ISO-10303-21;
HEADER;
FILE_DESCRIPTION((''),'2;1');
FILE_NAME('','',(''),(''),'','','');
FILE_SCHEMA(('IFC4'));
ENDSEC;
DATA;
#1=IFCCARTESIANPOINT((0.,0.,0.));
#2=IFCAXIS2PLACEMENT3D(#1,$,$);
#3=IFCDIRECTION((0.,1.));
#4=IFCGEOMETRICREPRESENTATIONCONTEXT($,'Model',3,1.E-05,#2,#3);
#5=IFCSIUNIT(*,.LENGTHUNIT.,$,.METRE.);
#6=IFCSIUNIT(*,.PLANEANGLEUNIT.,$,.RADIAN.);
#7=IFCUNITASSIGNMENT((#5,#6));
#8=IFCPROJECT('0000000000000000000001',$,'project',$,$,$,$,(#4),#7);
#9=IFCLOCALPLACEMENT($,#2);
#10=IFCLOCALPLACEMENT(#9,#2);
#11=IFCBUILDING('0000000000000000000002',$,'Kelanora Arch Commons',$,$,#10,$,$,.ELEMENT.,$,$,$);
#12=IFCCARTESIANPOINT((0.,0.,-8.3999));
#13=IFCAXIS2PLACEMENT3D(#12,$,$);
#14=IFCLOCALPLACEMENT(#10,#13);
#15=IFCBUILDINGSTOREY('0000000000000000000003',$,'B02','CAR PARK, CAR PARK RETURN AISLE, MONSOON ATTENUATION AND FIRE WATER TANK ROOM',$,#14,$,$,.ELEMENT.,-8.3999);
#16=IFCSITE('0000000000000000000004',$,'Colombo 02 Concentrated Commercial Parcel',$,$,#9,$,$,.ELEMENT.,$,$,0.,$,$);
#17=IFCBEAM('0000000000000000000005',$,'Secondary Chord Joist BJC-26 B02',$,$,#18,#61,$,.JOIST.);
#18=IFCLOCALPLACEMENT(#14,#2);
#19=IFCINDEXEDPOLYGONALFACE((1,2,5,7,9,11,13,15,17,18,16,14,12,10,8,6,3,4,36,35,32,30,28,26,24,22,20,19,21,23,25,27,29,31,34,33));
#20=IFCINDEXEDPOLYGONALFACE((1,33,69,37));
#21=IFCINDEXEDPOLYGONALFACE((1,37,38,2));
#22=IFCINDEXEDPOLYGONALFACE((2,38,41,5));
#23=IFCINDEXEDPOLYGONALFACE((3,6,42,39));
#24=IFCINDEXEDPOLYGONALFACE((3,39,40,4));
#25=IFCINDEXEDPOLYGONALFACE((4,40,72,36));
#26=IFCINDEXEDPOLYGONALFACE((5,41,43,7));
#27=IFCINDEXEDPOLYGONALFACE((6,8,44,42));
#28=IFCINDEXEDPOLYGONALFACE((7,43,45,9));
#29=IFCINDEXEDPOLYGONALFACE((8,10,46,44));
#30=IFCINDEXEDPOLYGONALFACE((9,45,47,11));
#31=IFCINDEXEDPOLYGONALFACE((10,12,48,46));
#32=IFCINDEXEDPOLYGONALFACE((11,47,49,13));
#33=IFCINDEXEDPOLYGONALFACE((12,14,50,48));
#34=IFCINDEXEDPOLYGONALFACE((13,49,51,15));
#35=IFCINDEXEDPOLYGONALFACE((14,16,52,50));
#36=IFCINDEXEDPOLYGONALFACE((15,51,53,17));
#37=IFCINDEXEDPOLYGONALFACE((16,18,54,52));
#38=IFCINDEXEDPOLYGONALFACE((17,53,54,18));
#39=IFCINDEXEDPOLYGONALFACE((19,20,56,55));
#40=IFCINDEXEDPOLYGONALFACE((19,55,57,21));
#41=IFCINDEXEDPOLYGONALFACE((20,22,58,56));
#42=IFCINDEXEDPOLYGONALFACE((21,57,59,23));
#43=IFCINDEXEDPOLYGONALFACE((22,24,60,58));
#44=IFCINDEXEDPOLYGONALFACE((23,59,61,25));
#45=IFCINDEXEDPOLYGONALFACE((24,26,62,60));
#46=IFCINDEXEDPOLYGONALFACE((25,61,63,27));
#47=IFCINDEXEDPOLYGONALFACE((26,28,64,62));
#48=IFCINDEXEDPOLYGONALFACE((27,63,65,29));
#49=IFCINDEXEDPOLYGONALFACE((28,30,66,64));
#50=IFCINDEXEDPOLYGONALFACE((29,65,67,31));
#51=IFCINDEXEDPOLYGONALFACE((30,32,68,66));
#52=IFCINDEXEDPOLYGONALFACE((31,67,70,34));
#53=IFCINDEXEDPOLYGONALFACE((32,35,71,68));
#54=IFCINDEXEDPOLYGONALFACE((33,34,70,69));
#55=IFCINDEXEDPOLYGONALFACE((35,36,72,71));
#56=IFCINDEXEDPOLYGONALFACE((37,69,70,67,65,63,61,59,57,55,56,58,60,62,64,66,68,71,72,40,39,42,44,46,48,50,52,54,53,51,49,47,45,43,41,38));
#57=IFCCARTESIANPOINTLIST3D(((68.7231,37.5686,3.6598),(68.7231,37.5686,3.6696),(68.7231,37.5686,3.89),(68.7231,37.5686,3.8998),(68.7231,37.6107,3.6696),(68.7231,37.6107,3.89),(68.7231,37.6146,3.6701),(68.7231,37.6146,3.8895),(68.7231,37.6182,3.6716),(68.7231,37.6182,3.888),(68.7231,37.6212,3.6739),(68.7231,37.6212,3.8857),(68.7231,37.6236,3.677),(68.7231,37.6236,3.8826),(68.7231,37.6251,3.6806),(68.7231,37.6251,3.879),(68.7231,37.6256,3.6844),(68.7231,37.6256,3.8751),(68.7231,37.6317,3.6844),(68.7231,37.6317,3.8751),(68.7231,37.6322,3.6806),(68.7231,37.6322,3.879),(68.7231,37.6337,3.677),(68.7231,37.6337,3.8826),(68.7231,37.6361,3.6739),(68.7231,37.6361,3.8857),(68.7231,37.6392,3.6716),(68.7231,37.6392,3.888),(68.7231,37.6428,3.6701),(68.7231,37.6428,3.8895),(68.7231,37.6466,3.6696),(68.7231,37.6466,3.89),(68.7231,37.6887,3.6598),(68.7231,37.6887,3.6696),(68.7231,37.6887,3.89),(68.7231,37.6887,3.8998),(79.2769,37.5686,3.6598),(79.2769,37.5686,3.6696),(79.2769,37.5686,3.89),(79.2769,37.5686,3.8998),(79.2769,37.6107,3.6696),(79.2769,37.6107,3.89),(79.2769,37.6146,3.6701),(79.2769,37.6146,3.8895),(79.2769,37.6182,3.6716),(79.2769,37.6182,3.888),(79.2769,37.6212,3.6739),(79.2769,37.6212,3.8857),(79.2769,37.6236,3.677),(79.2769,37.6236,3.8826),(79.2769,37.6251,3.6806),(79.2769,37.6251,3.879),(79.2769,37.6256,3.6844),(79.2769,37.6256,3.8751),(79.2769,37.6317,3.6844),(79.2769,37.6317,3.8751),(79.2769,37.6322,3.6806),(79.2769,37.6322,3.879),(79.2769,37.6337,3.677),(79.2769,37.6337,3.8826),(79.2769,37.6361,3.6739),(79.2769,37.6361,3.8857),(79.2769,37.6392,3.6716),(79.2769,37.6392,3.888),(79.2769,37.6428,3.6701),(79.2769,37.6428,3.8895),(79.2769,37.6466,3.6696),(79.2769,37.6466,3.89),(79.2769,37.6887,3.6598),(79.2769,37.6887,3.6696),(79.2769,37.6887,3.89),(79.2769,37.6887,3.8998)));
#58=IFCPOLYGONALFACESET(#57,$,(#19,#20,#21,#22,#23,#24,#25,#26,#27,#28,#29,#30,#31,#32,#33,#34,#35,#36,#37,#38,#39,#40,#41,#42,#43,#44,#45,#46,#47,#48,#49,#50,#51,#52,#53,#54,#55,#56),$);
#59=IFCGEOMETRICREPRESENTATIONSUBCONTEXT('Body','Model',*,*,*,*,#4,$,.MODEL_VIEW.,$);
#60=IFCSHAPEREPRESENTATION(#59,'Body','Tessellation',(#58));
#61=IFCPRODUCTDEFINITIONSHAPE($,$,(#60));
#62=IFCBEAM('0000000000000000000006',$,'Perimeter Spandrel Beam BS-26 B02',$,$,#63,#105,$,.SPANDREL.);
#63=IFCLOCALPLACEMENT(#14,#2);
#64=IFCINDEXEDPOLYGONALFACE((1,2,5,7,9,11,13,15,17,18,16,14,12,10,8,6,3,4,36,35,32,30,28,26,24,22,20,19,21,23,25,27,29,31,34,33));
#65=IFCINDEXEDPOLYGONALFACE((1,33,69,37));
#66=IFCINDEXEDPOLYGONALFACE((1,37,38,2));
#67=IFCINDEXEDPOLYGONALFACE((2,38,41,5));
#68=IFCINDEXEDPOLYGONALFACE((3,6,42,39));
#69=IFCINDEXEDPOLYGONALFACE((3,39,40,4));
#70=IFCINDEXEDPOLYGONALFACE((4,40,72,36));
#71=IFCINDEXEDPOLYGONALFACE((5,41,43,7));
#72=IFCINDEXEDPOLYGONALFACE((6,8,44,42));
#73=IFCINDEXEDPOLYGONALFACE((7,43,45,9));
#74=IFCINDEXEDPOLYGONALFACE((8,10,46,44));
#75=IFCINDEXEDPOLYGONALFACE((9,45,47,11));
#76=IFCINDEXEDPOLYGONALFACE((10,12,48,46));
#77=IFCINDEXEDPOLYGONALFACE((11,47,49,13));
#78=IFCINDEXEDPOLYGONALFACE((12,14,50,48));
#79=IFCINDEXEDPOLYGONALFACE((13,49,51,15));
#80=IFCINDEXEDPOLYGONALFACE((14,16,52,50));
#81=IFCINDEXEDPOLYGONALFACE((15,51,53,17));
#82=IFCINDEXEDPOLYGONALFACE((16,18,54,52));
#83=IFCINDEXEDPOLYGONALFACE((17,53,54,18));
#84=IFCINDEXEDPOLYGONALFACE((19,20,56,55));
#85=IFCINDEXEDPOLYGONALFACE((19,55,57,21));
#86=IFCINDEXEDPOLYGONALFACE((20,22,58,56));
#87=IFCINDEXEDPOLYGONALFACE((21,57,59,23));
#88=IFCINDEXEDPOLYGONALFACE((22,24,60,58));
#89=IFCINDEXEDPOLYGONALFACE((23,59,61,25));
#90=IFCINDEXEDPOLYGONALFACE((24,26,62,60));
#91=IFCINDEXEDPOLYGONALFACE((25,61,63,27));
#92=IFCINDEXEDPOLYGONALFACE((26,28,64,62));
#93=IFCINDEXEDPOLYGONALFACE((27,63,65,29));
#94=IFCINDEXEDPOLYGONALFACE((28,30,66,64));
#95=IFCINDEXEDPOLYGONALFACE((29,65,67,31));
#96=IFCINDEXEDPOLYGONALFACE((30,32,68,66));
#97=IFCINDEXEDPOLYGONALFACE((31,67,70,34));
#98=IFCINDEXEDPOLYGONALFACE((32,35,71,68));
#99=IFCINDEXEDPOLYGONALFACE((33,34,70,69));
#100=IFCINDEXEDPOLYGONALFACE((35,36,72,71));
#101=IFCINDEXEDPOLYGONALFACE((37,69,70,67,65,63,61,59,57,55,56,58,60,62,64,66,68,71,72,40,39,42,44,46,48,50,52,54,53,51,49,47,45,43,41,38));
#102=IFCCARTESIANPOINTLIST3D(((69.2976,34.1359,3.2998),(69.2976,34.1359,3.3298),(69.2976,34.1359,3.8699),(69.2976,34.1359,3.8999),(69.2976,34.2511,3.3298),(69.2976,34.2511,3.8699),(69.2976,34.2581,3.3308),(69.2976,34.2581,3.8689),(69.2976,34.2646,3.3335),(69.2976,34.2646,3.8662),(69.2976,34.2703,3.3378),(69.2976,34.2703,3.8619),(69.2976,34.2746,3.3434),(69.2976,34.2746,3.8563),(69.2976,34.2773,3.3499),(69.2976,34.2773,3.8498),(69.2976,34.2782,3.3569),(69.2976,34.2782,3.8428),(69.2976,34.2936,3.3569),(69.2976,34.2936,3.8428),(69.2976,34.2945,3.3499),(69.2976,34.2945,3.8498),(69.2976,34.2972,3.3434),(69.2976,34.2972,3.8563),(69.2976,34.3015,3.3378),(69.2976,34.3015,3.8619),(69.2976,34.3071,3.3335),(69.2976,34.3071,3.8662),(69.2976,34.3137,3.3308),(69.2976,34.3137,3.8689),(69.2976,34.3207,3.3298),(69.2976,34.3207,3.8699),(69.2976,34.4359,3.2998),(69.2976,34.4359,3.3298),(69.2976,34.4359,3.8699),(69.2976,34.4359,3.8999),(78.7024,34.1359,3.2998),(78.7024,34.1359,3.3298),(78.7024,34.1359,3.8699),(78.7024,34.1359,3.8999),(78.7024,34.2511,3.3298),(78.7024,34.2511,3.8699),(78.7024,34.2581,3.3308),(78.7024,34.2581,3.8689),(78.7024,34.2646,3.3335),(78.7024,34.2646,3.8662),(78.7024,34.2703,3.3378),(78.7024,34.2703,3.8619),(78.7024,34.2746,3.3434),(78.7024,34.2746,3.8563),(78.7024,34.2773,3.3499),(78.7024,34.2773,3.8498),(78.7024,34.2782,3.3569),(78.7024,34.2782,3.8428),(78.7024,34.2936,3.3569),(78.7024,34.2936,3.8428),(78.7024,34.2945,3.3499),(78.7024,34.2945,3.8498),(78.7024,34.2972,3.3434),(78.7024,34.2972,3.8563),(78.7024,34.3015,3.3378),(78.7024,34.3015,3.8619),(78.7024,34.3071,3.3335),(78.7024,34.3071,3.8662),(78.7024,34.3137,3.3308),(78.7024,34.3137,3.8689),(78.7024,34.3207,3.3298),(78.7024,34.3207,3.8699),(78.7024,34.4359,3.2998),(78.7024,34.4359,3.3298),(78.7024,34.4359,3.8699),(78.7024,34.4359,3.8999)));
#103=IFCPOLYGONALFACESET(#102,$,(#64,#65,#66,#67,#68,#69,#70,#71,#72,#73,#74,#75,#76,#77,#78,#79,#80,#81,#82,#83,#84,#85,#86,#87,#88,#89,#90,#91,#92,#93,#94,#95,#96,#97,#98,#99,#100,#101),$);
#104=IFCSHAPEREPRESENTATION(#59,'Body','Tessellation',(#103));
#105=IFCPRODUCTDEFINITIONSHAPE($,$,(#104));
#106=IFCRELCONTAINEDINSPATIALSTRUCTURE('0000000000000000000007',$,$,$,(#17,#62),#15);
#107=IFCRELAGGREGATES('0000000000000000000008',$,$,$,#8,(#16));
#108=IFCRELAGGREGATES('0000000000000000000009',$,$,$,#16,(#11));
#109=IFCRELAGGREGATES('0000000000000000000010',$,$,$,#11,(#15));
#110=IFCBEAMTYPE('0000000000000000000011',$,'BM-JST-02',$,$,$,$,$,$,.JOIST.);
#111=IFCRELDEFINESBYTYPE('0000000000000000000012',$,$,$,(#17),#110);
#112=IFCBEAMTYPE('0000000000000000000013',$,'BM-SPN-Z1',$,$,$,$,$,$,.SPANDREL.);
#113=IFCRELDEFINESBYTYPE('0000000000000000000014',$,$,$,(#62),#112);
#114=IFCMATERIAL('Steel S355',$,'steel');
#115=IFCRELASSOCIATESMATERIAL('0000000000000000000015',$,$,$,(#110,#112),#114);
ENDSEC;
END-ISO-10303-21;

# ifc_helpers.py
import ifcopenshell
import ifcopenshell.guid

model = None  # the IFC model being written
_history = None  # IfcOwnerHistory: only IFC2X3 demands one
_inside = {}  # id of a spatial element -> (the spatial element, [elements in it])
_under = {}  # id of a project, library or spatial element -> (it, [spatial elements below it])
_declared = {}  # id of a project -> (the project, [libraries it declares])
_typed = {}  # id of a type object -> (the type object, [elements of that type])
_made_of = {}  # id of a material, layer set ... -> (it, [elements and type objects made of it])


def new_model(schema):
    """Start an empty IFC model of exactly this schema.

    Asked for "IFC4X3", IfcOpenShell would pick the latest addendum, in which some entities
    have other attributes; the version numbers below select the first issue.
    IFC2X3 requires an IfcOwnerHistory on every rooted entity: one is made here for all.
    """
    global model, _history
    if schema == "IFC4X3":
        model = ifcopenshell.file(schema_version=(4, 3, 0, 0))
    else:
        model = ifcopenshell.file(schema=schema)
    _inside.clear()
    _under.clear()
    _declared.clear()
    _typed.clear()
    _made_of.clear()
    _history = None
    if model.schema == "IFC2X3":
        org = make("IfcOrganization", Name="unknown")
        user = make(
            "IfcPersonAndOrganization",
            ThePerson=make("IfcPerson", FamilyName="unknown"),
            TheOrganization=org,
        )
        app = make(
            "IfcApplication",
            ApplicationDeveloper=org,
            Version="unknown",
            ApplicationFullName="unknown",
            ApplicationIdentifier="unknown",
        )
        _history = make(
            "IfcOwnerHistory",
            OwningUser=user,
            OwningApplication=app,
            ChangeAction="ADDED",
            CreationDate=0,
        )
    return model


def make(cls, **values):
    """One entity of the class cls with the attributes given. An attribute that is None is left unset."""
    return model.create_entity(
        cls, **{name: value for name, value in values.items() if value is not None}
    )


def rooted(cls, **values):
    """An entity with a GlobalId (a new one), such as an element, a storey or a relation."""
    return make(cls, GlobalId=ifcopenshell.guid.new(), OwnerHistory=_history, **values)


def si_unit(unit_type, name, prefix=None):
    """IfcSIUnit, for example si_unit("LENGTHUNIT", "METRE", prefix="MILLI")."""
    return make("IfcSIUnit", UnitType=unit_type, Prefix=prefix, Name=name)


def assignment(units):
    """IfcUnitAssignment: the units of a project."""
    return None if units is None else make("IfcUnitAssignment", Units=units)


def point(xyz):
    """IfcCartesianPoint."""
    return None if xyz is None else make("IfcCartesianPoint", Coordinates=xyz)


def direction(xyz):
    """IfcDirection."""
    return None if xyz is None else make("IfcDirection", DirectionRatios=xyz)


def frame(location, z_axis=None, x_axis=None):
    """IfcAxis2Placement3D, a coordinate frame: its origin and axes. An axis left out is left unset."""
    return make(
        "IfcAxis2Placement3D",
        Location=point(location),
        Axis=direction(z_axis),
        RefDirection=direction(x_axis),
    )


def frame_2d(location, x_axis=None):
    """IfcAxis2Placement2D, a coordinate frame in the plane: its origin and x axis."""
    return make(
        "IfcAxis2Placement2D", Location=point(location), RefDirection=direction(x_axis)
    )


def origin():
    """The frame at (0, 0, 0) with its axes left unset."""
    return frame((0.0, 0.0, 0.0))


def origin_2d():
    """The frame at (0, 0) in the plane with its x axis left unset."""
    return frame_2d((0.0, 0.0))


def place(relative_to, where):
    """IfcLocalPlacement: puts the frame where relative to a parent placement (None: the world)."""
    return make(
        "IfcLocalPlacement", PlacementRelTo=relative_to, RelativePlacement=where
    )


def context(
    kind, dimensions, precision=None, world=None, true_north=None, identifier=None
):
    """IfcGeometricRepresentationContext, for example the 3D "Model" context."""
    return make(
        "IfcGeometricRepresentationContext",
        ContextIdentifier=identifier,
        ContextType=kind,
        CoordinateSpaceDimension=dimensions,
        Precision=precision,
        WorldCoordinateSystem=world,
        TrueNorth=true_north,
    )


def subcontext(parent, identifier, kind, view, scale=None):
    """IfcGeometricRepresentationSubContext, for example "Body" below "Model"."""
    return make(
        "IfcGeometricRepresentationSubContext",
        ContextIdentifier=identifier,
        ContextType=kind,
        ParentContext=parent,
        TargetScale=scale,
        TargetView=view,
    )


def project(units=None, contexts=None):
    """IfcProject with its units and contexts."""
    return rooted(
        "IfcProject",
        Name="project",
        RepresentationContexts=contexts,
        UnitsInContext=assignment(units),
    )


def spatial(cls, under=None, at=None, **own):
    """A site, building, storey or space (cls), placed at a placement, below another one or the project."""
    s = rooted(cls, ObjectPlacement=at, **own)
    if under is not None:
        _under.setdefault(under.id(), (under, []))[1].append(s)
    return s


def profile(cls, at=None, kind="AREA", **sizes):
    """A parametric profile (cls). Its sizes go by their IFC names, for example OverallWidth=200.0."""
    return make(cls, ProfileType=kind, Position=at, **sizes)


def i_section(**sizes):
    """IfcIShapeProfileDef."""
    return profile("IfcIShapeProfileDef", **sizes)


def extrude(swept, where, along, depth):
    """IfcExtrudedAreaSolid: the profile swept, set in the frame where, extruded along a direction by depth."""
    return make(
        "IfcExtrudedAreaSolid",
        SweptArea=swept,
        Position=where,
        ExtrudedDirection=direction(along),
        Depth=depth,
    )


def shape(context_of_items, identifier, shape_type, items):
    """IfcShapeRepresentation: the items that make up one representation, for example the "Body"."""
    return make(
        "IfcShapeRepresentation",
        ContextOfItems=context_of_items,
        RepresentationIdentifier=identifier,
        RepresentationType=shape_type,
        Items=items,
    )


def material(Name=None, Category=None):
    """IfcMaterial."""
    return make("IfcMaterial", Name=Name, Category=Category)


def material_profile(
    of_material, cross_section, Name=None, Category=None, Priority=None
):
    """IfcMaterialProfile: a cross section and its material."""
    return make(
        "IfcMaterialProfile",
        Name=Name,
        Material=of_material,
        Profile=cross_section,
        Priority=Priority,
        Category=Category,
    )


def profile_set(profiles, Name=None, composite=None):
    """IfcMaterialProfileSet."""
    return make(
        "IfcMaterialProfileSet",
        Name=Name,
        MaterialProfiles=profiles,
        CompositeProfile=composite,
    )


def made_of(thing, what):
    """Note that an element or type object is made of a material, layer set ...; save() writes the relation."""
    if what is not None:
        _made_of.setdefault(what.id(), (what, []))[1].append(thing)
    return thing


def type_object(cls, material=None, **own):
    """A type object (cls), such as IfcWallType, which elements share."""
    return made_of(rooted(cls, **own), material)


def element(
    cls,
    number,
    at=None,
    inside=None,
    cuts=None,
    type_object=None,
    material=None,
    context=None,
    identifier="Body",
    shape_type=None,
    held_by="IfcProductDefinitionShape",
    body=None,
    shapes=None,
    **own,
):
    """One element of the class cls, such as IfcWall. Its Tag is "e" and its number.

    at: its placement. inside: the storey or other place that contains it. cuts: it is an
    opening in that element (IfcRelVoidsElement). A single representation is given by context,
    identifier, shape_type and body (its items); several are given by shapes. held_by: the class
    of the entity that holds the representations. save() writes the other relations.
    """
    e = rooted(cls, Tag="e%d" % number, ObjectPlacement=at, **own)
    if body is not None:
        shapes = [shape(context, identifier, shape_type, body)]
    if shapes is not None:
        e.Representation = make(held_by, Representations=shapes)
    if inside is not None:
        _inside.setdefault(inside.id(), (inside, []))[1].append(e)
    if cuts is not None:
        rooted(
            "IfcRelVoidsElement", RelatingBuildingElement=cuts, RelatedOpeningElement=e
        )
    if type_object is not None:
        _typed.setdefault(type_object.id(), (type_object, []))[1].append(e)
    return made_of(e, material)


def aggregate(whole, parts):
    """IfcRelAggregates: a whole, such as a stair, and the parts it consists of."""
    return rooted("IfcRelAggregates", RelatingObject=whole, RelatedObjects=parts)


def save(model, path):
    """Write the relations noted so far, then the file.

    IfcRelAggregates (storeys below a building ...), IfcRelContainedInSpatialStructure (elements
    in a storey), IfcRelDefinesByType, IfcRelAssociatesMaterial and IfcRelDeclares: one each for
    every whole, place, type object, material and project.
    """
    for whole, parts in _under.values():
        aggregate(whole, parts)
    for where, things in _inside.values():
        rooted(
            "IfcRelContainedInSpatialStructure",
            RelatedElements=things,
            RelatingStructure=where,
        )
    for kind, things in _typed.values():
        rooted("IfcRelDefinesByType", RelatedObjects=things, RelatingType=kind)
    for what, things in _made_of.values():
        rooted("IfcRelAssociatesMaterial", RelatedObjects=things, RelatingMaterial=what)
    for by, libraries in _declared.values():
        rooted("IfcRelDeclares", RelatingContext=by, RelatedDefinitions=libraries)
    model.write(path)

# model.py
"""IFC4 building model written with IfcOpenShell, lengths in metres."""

from ifc_helpers import new_model, si_unit, direction, frame, origin, origin_2d, place, context, subcontext, project, spatial, i_section, extrude, material, material_profile, profile_set, type_object, element, save


model = new_model("IFC4")

# Units and contexts
model_context = context("Model", 3, precision=1e-05, world=origin(), true_north=direction((0.0, 1.0)))
body_context = subcontext(model_context, "Body", "Model", "MODEL_VIEW")
ifc_project = project(units=[si_unit("LENGTHUNIT", "METRE"), si_unit("PLANEANGLEUNIT", "RADIAN")], contexts=[model_context])

# Site, building, storey
site_placement = place(None, origin())
site = spatial("IfcSite", under=ifc_project, at=site_placement, Name="Colombo 02 Concentrated Commercial Parcel", CompositionType="ELEMENT", RefElevation=0.0)
building_placement = place(site_placement, origin())
building = spatial("IfcBuilding", under=site, at=building_placement, Name="Kelanora Arch Commons", CompositionType="ELEMENT")
storey_placement = place(building_placement, frame((0.0, 0.0, -8.3999)))
storey = spatial("IfcBuildingStorey", under=building, at=storey_placement, Name="B02", Description="CAR PARK, CAR PARK RETURN AISLE, MONSOON ATTENUATION AND FIRE WATER TANK ROOM", CompositionType="ELEMENT", Elevation=-8.3999)

# Beams
ifc_material_1 = material(Name="Steel S355", Category="steel")
ifc_material_profile_1 = material_profile(ifc_material_1, i_section(OverallWidth=0.1201, OverallDepth=0.24, WebThickness=0.0061, FlangeThickness=0.0098, FilletRadius=0.0149, at=origin_2d()), Name="IPE240")
ifc_profile_set_1 = profile_set([ifc_material_profile_1], Name="Steel S355")
beam_type_1 = type_object("IfcBeamType", Name="BM-JST-02", PredefinedType="JOIST", material=ifc_profile_set_1)
beam_1_placement = place(storey_placement, frame((68.7231, 37.6287, 3.7798), z_axis=(1.0, 0.0, 0.0), x_axis=(0.0, 1.0, 0.0)))
element("IfcBeam", 1, at=beam_1_placement, inside=storey, type_object=beam_type_1, Name="Secondary Chord Joist BJC-26 B02", PredefinedType="JOIST", context=body_context, shape_type="SweptSolid", body=[
    extrude(i_section(OverallWidth=0.1201, OverallDepth=0.24, WebThickness=0.0061, FlangeThickness=0.0098, FilletRadius=0.0149, at=origin_2d()), origin(), (0.0, 0.0, 1.0), 10.5537),
])
ifc_material_profile_2 = material_profile(ifc_material_1, i_section(OverallWidth=0.3, OverallDepth=0.6001, WebThickness=0.0154, FlangeThickness=0.03, FilletRadius=0.0271, at=origin_2d()), Name="HEB600")
ifc_profile_set_2 = profile_set([ifc_material_profile_2], Name="Steel S355")
beam_type_2 = type_object("IfcBeamType", Name="BM-SPN-Z1", PredefinedType="SPANDREL", material=ifc_profile_set_2)
beam_2_placement = place(storey_placement, frame((69.2976, 34.2859, 3.5999), z_axis=(1.0, 0.0, 0.0), x_axis=(0.0, 1.0, 0.0)))
element("IfcBeam", 2, at=beam_2_placement, inside=storey, type_object=beam_type_2, Name="Perimeter Spandrel Beam BS-26 B02", PredefinedType="SPANDREL", context=body_context, shape_type="SweptSolid", body=[
    extrude(i_section(OverallWidth=0.3, OverallDepth=0.6001, WebThickness=0.0154, FlangeThickness=0.03, FilletRadius=0.0271, at=origin_2d()), origin(), (0.0, 0.0, 1.0), 9.4048),
])

save(model, "model.ifc")
